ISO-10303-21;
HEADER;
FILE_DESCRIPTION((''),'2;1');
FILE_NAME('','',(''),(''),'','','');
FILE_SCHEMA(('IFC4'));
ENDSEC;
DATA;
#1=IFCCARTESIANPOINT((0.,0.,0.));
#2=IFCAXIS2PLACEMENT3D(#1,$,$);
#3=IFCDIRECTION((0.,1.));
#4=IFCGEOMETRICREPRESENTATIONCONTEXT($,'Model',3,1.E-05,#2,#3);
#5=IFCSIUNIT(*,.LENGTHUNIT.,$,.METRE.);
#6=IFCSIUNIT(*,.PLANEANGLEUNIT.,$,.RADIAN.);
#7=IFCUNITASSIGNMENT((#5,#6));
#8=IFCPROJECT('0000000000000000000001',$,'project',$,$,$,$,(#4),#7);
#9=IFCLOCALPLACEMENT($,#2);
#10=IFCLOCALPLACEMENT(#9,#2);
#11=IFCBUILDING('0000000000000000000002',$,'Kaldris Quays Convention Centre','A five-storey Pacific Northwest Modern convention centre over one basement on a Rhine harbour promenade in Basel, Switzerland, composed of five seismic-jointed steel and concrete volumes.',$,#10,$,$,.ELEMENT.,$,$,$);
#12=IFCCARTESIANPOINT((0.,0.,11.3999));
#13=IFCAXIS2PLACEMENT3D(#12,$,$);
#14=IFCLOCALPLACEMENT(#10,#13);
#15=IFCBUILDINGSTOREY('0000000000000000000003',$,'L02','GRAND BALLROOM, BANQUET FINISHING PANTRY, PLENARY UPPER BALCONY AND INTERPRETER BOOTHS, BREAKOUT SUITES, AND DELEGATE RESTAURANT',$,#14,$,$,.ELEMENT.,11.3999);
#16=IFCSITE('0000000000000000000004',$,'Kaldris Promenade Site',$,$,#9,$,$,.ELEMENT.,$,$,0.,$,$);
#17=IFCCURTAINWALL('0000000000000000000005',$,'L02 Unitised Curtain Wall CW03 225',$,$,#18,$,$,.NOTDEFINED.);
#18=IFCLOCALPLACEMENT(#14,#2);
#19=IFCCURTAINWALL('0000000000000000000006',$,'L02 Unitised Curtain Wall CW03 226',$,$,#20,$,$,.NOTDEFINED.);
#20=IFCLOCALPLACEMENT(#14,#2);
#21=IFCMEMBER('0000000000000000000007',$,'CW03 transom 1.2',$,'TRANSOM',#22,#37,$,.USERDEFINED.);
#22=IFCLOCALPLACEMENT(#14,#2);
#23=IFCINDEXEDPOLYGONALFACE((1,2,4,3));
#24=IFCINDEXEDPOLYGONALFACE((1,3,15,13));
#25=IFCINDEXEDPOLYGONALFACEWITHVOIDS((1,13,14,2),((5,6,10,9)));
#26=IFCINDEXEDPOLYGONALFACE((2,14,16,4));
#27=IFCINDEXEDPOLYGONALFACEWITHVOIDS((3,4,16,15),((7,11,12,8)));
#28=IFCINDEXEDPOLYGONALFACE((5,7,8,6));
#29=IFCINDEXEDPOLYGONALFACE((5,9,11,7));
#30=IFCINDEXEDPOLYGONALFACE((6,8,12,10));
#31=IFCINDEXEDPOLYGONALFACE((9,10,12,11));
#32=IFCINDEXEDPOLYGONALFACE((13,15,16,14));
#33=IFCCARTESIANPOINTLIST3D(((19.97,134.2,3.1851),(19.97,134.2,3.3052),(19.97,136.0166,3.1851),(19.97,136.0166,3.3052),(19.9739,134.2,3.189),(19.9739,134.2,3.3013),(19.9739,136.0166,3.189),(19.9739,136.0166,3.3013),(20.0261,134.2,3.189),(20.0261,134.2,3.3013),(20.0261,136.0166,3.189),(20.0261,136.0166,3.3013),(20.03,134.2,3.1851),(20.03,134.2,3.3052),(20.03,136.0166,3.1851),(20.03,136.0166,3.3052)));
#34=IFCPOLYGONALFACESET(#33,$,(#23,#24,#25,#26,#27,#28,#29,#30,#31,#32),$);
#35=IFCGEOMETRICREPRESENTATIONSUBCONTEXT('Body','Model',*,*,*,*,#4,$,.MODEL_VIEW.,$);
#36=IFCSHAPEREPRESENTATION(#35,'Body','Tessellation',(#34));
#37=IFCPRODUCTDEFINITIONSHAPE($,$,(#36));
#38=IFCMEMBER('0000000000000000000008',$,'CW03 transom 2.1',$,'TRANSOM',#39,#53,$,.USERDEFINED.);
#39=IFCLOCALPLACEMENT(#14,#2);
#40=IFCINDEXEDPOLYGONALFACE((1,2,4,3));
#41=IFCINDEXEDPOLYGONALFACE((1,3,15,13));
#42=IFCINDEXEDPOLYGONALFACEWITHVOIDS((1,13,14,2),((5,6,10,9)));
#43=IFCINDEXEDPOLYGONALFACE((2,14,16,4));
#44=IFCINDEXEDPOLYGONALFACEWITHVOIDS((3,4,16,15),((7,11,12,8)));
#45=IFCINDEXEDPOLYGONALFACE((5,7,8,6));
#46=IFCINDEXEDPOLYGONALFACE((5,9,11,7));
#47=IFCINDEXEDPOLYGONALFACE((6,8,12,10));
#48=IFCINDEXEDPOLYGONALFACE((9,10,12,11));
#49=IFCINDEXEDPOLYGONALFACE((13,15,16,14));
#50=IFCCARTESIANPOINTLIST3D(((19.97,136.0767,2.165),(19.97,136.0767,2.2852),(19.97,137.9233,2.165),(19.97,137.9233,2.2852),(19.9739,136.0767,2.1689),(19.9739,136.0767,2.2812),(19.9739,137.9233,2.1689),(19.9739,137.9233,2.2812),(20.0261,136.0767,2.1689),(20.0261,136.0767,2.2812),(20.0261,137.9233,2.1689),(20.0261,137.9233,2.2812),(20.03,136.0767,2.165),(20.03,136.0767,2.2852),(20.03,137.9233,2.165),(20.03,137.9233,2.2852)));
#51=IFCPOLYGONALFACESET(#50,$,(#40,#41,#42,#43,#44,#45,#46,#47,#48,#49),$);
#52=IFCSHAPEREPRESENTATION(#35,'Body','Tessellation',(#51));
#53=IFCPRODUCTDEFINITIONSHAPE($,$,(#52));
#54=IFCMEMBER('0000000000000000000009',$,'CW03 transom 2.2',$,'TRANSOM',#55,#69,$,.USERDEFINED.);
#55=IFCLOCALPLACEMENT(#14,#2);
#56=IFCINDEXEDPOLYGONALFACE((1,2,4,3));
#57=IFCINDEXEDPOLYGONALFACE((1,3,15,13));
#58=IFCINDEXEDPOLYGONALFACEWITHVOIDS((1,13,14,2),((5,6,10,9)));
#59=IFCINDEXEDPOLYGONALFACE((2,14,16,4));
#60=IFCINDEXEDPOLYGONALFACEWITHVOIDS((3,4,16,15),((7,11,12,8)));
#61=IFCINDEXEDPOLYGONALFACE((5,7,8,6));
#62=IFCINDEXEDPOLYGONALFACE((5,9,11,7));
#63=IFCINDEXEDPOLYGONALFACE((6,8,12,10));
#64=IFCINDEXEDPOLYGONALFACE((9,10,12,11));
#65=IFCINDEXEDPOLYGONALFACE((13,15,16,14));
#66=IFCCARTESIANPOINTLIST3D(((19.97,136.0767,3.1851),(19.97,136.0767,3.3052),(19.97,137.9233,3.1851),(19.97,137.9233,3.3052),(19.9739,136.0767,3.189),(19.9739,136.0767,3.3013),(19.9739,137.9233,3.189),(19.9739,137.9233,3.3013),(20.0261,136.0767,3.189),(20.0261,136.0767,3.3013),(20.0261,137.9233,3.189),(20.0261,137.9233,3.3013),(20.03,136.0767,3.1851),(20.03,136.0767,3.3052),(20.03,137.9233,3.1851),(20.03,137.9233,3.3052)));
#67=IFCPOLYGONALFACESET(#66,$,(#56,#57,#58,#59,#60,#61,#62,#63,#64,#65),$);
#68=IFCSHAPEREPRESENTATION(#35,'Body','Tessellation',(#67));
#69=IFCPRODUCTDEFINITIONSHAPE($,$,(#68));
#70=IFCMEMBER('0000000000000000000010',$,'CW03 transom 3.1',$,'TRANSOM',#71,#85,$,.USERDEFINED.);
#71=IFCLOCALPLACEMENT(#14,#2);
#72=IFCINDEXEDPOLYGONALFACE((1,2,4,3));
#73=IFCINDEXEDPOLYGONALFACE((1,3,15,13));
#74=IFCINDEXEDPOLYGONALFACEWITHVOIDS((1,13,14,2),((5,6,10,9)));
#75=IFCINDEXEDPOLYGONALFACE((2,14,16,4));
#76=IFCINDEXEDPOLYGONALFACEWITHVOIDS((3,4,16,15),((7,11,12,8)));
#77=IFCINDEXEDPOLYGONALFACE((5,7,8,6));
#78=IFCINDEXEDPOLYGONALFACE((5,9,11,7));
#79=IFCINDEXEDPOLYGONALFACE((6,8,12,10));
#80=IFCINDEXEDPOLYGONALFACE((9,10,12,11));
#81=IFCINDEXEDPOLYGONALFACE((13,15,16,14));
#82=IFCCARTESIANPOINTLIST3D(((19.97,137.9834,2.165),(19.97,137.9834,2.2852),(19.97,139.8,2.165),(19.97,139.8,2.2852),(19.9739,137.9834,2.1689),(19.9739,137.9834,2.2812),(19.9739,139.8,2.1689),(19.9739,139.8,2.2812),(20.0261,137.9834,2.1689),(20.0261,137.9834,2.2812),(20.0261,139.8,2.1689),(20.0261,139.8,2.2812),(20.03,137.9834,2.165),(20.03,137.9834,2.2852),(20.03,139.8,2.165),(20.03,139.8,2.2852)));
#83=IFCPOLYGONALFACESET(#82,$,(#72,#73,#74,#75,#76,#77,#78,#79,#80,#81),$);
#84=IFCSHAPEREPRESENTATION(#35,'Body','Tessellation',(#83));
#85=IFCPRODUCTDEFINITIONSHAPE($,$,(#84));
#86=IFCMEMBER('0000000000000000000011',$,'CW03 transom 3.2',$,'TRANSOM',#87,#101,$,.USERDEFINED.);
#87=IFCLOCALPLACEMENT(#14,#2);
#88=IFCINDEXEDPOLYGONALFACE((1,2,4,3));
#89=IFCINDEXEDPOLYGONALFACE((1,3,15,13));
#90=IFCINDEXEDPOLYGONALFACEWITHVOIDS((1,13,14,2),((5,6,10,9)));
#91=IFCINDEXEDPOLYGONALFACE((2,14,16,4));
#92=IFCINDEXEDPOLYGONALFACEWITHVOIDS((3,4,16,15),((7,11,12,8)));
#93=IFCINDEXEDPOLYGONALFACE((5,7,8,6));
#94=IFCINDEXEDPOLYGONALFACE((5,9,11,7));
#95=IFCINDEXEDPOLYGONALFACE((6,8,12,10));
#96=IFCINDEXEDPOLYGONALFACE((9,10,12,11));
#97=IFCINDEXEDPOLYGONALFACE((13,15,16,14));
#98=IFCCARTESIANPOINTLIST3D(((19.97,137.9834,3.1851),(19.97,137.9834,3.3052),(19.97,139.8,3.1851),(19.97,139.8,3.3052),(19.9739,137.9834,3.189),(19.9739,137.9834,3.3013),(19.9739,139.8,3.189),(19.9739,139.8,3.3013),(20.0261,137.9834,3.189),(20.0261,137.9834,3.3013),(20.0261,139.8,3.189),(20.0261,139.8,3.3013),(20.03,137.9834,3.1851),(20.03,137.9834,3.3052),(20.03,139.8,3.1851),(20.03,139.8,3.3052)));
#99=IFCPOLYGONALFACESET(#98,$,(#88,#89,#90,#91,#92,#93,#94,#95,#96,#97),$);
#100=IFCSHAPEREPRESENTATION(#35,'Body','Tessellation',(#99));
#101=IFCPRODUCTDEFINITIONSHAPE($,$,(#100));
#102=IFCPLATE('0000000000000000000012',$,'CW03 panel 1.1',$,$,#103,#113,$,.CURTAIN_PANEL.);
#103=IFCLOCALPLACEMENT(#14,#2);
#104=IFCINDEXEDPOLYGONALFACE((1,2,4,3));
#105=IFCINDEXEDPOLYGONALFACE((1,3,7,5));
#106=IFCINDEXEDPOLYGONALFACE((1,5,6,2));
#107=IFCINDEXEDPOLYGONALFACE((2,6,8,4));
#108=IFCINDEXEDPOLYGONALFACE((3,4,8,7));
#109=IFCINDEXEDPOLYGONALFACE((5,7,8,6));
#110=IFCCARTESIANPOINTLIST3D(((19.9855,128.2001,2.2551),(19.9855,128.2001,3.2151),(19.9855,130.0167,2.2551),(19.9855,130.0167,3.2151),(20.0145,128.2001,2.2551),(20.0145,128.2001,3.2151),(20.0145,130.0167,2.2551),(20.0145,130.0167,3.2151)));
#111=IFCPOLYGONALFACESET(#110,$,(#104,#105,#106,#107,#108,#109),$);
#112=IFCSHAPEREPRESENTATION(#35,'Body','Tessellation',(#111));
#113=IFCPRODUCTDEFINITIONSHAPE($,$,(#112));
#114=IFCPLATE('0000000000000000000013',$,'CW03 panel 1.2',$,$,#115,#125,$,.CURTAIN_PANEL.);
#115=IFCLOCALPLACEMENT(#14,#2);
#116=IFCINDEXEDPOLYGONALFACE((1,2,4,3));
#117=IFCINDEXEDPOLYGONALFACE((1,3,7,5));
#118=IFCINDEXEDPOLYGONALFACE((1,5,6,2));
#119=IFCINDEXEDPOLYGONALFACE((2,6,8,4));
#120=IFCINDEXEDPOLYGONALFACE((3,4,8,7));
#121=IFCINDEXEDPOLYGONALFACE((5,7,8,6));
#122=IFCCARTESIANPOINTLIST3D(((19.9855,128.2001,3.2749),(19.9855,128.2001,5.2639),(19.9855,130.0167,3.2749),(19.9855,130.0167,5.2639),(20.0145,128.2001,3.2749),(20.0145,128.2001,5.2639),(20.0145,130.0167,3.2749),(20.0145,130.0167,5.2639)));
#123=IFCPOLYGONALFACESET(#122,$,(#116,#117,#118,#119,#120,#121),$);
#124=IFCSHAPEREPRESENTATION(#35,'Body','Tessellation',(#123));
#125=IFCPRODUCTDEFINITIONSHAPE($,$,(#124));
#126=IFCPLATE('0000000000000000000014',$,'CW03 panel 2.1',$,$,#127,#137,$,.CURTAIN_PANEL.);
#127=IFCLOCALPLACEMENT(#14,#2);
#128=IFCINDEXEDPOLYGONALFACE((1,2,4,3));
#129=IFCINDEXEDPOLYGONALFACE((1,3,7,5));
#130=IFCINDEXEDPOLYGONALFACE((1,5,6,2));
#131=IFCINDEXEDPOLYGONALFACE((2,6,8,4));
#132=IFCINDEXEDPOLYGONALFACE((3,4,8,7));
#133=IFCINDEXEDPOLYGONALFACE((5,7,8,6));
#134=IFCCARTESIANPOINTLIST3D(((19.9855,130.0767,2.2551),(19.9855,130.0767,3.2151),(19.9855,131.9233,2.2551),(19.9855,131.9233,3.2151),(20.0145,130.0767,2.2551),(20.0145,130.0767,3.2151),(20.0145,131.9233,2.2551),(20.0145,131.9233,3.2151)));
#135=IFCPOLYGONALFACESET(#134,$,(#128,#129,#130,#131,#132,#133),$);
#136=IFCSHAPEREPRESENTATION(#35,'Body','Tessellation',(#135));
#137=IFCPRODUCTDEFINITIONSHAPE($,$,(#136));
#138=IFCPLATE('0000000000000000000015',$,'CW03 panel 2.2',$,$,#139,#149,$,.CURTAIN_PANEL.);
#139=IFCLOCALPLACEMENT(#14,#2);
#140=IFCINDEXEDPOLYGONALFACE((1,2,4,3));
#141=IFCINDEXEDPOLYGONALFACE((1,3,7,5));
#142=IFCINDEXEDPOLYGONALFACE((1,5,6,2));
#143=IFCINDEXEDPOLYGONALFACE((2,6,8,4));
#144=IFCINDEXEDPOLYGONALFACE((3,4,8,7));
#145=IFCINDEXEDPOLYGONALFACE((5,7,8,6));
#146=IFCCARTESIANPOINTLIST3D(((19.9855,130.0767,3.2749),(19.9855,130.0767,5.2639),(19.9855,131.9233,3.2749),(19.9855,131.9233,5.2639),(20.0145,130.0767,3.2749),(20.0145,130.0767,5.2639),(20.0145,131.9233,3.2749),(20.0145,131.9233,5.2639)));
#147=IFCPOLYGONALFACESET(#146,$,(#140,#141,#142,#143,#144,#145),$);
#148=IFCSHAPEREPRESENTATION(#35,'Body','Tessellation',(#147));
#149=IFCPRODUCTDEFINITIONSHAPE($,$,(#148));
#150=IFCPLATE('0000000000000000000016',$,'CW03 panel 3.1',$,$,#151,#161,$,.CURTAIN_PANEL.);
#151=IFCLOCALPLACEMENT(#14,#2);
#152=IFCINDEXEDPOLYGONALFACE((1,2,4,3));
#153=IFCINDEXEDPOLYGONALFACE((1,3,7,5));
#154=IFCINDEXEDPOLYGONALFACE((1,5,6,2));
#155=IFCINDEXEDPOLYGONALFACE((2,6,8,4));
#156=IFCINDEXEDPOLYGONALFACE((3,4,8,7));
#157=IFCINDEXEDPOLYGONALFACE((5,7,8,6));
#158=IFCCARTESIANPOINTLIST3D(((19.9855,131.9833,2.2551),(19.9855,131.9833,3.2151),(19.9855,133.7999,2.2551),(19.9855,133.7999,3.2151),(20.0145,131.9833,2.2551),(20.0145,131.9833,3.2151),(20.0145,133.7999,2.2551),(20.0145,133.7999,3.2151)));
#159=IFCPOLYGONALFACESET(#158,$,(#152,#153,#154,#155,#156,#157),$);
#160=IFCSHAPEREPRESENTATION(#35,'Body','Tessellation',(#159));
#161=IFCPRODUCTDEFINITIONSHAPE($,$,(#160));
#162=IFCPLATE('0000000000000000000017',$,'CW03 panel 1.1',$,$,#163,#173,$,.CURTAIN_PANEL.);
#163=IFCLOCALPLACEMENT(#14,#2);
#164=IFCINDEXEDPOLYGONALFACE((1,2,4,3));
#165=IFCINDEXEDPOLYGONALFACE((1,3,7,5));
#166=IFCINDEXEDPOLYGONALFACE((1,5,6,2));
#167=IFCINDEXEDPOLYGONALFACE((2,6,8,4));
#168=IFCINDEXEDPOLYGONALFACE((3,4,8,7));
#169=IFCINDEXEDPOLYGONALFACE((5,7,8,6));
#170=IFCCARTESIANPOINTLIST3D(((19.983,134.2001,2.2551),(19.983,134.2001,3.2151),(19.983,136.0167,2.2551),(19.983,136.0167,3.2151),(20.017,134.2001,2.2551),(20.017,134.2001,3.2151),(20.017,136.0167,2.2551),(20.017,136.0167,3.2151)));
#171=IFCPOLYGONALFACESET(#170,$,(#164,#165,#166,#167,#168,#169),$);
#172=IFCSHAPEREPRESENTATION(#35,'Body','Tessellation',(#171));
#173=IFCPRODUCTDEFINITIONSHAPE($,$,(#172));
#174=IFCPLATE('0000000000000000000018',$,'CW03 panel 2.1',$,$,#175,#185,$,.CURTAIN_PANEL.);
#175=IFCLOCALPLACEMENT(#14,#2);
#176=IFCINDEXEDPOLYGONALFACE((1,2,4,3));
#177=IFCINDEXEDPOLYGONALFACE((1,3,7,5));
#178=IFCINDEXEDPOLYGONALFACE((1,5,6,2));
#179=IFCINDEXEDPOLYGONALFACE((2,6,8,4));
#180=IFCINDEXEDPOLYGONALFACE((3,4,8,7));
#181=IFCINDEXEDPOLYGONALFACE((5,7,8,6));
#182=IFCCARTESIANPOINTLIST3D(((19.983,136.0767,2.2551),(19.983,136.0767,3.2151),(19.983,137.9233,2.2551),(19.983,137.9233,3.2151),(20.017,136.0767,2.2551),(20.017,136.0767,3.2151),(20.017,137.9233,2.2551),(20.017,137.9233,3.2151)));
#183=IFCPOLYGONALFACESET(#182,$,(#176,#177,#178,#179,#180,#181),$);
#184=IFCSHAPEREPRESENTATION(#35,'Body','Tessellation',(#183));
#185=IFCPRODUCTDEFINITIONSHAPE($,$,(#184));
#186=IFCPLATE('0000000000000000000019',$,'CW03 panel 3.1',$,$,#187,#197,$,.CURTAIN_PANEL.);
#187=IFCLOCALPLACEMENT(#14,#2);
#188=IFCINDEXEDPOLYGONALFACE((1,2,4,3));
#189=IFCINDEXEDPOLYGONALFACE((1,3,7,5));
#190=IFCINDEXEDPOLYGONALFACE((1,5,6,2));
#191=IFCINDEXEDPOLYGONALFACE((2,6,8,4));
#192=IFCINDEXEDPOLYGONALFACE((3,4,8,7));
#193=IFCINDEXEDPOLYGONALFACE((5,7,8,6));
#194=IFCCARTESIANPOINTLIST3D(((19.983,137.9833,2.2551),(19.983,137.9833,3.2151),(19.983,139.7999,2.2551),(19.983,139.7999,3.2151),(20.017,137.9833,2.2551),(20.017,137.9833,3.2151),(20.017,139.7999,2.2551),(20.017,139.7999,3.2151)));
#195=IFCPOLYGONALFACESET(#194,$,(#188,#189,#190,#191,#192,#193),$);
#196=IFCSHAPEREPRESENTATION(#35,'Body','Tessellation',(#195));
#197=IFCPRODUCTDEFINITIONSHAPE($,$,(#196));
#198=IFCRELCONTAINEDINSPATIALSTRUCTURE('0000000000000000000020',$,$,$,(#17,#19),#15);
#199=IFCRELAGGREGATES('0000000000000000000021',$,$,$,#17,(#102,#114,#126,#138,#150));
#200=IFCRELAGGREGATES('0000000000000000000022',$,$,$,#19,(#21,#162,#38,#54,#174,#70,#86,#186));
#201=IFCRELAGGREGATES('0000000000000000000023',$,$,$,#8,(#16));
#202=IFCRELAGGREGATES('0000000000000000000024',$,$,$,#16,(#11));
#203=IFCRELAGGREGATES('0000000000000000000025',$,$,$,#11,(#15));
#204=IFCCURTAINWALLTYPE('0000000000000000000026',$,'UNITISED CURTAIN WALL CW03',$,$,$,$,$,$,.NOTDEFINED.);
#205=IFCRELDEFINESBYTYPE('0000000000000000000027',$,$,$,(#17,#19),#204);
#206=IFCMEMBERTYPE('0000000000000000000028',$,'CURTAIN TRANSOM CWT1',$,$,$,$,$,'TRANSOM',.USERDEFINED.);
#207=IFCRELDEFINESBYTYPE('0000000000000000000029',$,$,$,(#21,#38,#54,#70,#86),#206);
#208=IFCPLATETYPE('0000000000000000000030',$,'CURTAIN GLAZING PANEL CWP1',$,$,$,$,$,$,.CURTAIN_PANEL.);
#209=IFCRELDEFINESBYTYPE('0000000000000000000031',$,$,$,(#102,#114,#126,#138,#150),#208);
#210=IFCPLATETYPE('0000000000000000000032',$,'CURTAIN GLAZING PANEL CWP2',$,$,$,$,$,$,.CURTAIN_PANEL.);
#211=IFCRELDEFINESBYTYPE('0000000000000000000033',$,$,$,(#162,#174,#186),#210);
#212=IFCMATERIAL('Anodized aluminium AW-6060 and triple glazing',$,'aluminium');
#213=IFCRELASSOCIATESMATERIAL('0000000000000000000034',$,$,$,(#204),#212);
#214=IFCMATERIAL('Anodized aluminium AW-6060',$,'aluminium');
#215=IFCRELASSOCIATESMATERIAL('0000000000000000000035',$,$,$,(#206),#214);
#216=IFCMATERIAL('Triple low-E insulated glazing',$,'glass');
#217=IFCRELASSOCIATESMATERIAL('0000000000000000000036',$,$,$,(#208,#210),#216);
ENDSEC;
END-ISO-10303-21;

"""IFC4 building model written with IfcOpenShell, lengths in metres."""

from ifc_helpers import new_model, si_unit, direction, frame, origin, origin_2d, place, context, subcontext, project, spatial, rectangle, hollow_rectangle, extrude, material, material_profile, profile_set, type_object, element, aggregate, save


model = new_model("IFC4")

# Units and contexts
model_context = context("Model", 3, precision=1e-05, world=origin(), true_north=direction((0.0, 1.0)))
body_context = subcontext(model_context, "Body", "Model", "MODEL_VIEW")
ifc_project = project(units=[si_unit("LENGTHUNIT", "METRE"), si_unit("PLANEANGLEUNIT", "RADIAN")], contexts=[model_context])

# Site, building, storey
site_placement = place(None, origin())
site = spatial("IfcSite", under=ifc_project, at=site_placement, Name="Kaldris Promenade Site", CompositionType="ELEMENT", RefElevation=0.0)
building_placement = place(site_placement, origin())
building = spatial("IfcBuilding", under=site, at=building_placement, Name="Kaldris Quays Convention Centre", Description="A five-storey Pacific Northwest Modern convention centre over one basement on a Rhine harbour promenade in Basel, Switzerland, composed of five seismic-jointed steel and concrete volumes.", CompositionType="ELEMENT")
storey_placement = place(building_placement, frame((0.0, 0.0, 11.3999)))
storey = spatial("IfcBuildingStorey", under=building, at=storey_placement, Name="L02", Description="GRAND BALLROOM, BANQUET FINISHING PANTRY, PLENARY UPPER BALCONY AND INTERPRETER BOOTHS, BREAKOUT SUITES, AND DELEGATE RESTAURANT", CompositionType="ELEMENT", Elevation=11.3999)

# Curtain walls
ifc_material_1 = material(Name="Anodized aluminium AW-6060 and triple glazing", Category="aluminium")
curtain_wall_type = type_object("IfcCurtainWallType", Name="UNITISED CURTAIN WALL CW03", PredefinedType="NOTDEFINED", material=ifc_material_1)
curtain_wall_1_placement = place(storey_placement, origin())
curtain_wall_1 = element("IfcCurtainWall", 1, at=curtain_wall_1_placement, inside=storey, type_object=curtain_wall_type, Name="L02 Unitised Curtain Wall CW03 225", PredefinedType="NOTDEFINED")
ifc_material_2 = material(Name="Anodized aluminium AW-6060", Category="aluminium")
curtain_wall_2_placement = place(storey_placement, origin())
curtain_wall_2 = element("IfcCurtainWall", 2, at=curtain_wall_2_placement, inside=storey, type_object=curtain_wall_type, Name="L02 Unitised Curtain Wall CW03 226", PredefinedType="NOTDEFINED")

# Members
ifc_material_profile_1 = material_profile(ifc_material_2, hollow_rectangle(XDim=0.0601, YDim=0.1201, WallThickness=0.0039, at=origin_2d()), Name="RHS 120x60x4")
ifc_profile_set_1 = profile_set([ifc_material_profile_1], Name="Anodized aluminium AW-6060")
member_type_1 = type_object("IfcMemberType", Name="CURTAIN TRANSOM CWT1", ElementType="TRANSOM", PredefinedType="USERDEFINED", material=ifc_profile_set_1)
member_1_placement = place(storey_placement, frame((20.0, 134.2, 3.2451), z_axis=(0.0, 1.0, 0.0), x_axis=(-1.0, 0.0, 0.0)))
member_1 = element("IfcMember", 3, at=member_1_placement, type_object=member_type_1, Name="CW03 transom 1.2", ObjectType="TRANSOM", PredefinedType="USERDEFINED", context=body_context, shape_type="SweptSolid", body=[
    extrude(hollow_rectangle(XDim=0.0601, YDim=0.1201, WallThickness=0.0039, at=origin_2d()), origin(), (0.0, 0.0, 1.0), 1.8167),
])
member_2_placement = place(storey_placement, frame((20.0, 136.0767, 2.2251), z_axis=(0.0, 1.0, 0.0), x_axis=(-1.0, 0.0, 0.0)))
member_2 = element("IfcMember", 4, at=member_2_placement, type_object=member_type_1, Name="CW03 transom 2.1", ObjectType="TRANSOM", PredefinedType="USERDEFINED", context=body_context, shape_type="SweptSolid", body=[
    extrude(hollow_rectangle(XDim=0.0601, YDim=0.1201, WallThickness=0.0039, at=origin_2d()), origin(), (0.0, 0.0, 1.0), 1.8467),
])
member_3_placement = place(storey_placement, frame((20.0, 136.0767, 3.2451), z_axis=(0.0, 1.0, 0.0), x_axis=(-1.0, 0.0, 0.0)))
member_3 = element("IfcMember", 5, at=member_3_placement, type_object=member_type_1, Name="CW03 transom 2.2", ObjectType="TRANSOM", PredefinedType="USERDEFINED", context=body_context, shape_type="SweptSolid", body=[
    extrude(hollow_rectangle(XDim=0.0601, YDim=0.1201, WallThickness=0.0039, at=origin_2d()), origin(), (0.0, 0.0, 1.0), 1.8467),
])
member_4_placement = place(storey_placement, frame((20.0, 137.9834, 2.2251), z_axis=(0.0, 1.0, 0.0), x_axis=(-1.0, 0.0, 0.0)))
member_4 = element("IfcMember", 6, at=member_4_placement, type_object=member_type_1, Name="CW03 transom 3.1", ObjectType="TRANSOM", PredefinedType="USERDEFINED", context=body_context, shape_type="SweptSolid", body=[
    extrude(hollow_rectangle(XDim=0.0601, YDim=0.1201, WallThickness=0.0039, at=origin_2d()), origin(), (0.0, 0.0, 1.0), 1.8167),
])
member_5_placement = place(storey_placement, frame((20.0, 137.9834, 3.2451), z_axis=(0.0, 1.0, 0.0), x_axis=(-1.0, 0.0, 0.0)))
member_5 = element("IfcMember", 7, at=member_5_placement, type_object=member_type_1, Name="CW03 transom 3.2", ObjectType="TRANSOM", PredefinedType="USERDEFINED", context=body_context, shape_type="SweptSolid", body=[
    extrude(hollow_rectangle(XDim=0.0601, YDim=0.1201, WallThickness=0.0039, at=origin_2d()), origin(), (0.0, 0.0, 1.0), 1.8167),
])

# Plates
ifc_material_3 = material(Name="Triple low-E insulated glazing", Category="glass")
plate_type_1 = type_object("IfcPlateType", Name="CURTAIN GLAZING PANEL CWP1", PredefinedType="CURTAIN_PANEL", material=ifc_material_3)
plate_1_placement = place(storey_placement, frame((20.0, 129.1084, 2.2551), z_axis=(0.0, 0.0, 1.0), x_axis=(0.0, 1.0, 0.0)))
plate_1 = element("IfcPlate", 8, at=plate_1_placement, type_object=plate_type_1, Name="CW03 panel 1.1", PredefinedType="CURTAIN_PANEL", context=body_context, shape_type="SweptSolid", body=[
    extrude(rectangle(XDim=1.8167, YDim=0.0291, at=origin_2d()), origin(), (0.0, 0.0, 1.0), 0.96),
])
plate_2_placement = place(storey_placement, frame((20.0, 129.1084, 3.2749), z_axis=(0.0, 0.0, 1.0), x_axis=(0.0, 1.0, 0.0)))
plate_2 = element("IfcPlate", 9, at=plate_2_placement, type_object=plate_type_1, Name="CW03 panel 1.2", PredefinedType="CURTAIN_PANEL", context=body_context, shape_type="SweptSolid", body=[
    extrude(rectangle(XDim=1.8167, YDim=0.0291, at=origin_2d()), origin(), (0.0, 0.0, 1.0), 1.989),
])
plate_3_placement = place(storey_placement, frame((20.0, 131.0, 2.2551), z_axis=(0.0, 0.0, 1.0), x_axis=(0.0, 1.0, 0.0)))
plate_3 = element("IfcPlate", 10, at=plate_3_placement, type_object=plate_type_1, Name="CW03 panel 2.1", PredefinedType="CURTAIN_PANEL", context=body_context, shape_type="SweptSolid", body=[
    extrude(rectangle(XDim=1.8467, YDim=0.0291, at=origin_2d()), origin(), (0.0, 0.0, 1.0), 0.96),
])
plate_4_placement = place(storey_placement, frame((20.0, 131.0, 3.2749), z_axis=(0.0, 0.0, 1.0), x_axis=(0.0, 1.0, 0.0)))
plate_4 = element("IfcPlate", 11, at=plate_4_placement, type_object=plate_type_1, Name="CW03 panel 2.2", PredefinedType="CURTAIN_PANEL", context=body_context, shape_type="SweptSolid", body=[
    extrude(rectangle(XDim=1.8467, YDim=0.0291, at=origin_2d()), origin(), (0.0, 0.0, 1.0), 1.989),
])
plate_5_placement = place(storey_placement, frame((20.0, 132.8916, 2.2551), z_axis=(0.0, 0.0, 1.0), x_axis=(0.0, 1.0, 0.0)))
plate_5 = element("IfcPlate", 12, at=plate_5_placement, type_object=plate_type_1, Name="CW03 panel 3.1", PredefinedType="CURTAIN_PANEL", context=body_context, shape_type="SweptSolid", body=[
    extrude(rectangle(XDim=1.8167, YDim=0.0291, at=origin_2d()), origin(), (0.0, 0.0, 1.0), 0.96),
])
aggregate(curtain_wall_1, [plate_1, plate_2, plate_3, plate_4, plate_5])
plate_type_2 = type_object("IfcPlateType", Name="CURTAIN GLAZING PANEL CWP2", PredefinedType="CURTAIN_PANEL", material=ifc_material_3)
plate_6_placement = place(storey_placement, frame((20.0, 135.1084, 2.2551), z_axis=(0.0, 0.0, 1.0), x_axis=(0.0, 1.0, 0.0)))
plate_6 = element("IfcPlate", 13, at=plate_6_placement, type_object=plate_type_2, Name="CW03 panel 1.1", PredefinedType="CURTAIN_PANEL", context=body_context, shape_type="SweptSolid", body=[
    extrude(rectangle(XDim=1.8167, YDim=0.0339, at=origin_2d()), origin(), (0.0, 0.0, 1.0), 0.96),
])
plate_7_placement = place(storey_placement, frame((20.0, 137.0, 2.2551), z_axis=(0.0, 0.0, 1.0), x_axis=(0.0, 1.0, 0.0)))
plate_7 = element("IfcPlate", 14, at=plate_7_placement, type_object=plate_type_2, Name="CW03 panel 2.1", PredefinedType="CURTAIN_PANEL", context=body_context, shape_type="SweptSolid", body=[
    extrude(rectangle(XDim=1.8467, YDim=0.0339, at=origin_2d()), origin(), (0.0, 0.0, 1.0), 0.96),
])
plate_8_placement = place(storey_placement, frame((20.0, 138.8916, 2.2551), z_axis=(0.0, 0.0, 1.0), x_axis=(0.0, 1.0, 0.0)))
plate_8 = element("IfcPlate", 15, at=plate_8_placement, type_object=plate_type_2, Name="CW03 panel 3.1", PredefinedType="CURTAIN_PANEL", context=body_context, shape_type="SweptSolid", body=[
    extrude(rectangle(XDim=1.8167, YDim=0.0339, at=origin_2d()), origin(), (0.0, 0.0, 1.0), 0.96),
])
aggregate(curtain_wall_2, [member_1, plate_6, member_2, member_3, plate_7, member_4, member_5, plate_8])

save(model, "model.ifc")
